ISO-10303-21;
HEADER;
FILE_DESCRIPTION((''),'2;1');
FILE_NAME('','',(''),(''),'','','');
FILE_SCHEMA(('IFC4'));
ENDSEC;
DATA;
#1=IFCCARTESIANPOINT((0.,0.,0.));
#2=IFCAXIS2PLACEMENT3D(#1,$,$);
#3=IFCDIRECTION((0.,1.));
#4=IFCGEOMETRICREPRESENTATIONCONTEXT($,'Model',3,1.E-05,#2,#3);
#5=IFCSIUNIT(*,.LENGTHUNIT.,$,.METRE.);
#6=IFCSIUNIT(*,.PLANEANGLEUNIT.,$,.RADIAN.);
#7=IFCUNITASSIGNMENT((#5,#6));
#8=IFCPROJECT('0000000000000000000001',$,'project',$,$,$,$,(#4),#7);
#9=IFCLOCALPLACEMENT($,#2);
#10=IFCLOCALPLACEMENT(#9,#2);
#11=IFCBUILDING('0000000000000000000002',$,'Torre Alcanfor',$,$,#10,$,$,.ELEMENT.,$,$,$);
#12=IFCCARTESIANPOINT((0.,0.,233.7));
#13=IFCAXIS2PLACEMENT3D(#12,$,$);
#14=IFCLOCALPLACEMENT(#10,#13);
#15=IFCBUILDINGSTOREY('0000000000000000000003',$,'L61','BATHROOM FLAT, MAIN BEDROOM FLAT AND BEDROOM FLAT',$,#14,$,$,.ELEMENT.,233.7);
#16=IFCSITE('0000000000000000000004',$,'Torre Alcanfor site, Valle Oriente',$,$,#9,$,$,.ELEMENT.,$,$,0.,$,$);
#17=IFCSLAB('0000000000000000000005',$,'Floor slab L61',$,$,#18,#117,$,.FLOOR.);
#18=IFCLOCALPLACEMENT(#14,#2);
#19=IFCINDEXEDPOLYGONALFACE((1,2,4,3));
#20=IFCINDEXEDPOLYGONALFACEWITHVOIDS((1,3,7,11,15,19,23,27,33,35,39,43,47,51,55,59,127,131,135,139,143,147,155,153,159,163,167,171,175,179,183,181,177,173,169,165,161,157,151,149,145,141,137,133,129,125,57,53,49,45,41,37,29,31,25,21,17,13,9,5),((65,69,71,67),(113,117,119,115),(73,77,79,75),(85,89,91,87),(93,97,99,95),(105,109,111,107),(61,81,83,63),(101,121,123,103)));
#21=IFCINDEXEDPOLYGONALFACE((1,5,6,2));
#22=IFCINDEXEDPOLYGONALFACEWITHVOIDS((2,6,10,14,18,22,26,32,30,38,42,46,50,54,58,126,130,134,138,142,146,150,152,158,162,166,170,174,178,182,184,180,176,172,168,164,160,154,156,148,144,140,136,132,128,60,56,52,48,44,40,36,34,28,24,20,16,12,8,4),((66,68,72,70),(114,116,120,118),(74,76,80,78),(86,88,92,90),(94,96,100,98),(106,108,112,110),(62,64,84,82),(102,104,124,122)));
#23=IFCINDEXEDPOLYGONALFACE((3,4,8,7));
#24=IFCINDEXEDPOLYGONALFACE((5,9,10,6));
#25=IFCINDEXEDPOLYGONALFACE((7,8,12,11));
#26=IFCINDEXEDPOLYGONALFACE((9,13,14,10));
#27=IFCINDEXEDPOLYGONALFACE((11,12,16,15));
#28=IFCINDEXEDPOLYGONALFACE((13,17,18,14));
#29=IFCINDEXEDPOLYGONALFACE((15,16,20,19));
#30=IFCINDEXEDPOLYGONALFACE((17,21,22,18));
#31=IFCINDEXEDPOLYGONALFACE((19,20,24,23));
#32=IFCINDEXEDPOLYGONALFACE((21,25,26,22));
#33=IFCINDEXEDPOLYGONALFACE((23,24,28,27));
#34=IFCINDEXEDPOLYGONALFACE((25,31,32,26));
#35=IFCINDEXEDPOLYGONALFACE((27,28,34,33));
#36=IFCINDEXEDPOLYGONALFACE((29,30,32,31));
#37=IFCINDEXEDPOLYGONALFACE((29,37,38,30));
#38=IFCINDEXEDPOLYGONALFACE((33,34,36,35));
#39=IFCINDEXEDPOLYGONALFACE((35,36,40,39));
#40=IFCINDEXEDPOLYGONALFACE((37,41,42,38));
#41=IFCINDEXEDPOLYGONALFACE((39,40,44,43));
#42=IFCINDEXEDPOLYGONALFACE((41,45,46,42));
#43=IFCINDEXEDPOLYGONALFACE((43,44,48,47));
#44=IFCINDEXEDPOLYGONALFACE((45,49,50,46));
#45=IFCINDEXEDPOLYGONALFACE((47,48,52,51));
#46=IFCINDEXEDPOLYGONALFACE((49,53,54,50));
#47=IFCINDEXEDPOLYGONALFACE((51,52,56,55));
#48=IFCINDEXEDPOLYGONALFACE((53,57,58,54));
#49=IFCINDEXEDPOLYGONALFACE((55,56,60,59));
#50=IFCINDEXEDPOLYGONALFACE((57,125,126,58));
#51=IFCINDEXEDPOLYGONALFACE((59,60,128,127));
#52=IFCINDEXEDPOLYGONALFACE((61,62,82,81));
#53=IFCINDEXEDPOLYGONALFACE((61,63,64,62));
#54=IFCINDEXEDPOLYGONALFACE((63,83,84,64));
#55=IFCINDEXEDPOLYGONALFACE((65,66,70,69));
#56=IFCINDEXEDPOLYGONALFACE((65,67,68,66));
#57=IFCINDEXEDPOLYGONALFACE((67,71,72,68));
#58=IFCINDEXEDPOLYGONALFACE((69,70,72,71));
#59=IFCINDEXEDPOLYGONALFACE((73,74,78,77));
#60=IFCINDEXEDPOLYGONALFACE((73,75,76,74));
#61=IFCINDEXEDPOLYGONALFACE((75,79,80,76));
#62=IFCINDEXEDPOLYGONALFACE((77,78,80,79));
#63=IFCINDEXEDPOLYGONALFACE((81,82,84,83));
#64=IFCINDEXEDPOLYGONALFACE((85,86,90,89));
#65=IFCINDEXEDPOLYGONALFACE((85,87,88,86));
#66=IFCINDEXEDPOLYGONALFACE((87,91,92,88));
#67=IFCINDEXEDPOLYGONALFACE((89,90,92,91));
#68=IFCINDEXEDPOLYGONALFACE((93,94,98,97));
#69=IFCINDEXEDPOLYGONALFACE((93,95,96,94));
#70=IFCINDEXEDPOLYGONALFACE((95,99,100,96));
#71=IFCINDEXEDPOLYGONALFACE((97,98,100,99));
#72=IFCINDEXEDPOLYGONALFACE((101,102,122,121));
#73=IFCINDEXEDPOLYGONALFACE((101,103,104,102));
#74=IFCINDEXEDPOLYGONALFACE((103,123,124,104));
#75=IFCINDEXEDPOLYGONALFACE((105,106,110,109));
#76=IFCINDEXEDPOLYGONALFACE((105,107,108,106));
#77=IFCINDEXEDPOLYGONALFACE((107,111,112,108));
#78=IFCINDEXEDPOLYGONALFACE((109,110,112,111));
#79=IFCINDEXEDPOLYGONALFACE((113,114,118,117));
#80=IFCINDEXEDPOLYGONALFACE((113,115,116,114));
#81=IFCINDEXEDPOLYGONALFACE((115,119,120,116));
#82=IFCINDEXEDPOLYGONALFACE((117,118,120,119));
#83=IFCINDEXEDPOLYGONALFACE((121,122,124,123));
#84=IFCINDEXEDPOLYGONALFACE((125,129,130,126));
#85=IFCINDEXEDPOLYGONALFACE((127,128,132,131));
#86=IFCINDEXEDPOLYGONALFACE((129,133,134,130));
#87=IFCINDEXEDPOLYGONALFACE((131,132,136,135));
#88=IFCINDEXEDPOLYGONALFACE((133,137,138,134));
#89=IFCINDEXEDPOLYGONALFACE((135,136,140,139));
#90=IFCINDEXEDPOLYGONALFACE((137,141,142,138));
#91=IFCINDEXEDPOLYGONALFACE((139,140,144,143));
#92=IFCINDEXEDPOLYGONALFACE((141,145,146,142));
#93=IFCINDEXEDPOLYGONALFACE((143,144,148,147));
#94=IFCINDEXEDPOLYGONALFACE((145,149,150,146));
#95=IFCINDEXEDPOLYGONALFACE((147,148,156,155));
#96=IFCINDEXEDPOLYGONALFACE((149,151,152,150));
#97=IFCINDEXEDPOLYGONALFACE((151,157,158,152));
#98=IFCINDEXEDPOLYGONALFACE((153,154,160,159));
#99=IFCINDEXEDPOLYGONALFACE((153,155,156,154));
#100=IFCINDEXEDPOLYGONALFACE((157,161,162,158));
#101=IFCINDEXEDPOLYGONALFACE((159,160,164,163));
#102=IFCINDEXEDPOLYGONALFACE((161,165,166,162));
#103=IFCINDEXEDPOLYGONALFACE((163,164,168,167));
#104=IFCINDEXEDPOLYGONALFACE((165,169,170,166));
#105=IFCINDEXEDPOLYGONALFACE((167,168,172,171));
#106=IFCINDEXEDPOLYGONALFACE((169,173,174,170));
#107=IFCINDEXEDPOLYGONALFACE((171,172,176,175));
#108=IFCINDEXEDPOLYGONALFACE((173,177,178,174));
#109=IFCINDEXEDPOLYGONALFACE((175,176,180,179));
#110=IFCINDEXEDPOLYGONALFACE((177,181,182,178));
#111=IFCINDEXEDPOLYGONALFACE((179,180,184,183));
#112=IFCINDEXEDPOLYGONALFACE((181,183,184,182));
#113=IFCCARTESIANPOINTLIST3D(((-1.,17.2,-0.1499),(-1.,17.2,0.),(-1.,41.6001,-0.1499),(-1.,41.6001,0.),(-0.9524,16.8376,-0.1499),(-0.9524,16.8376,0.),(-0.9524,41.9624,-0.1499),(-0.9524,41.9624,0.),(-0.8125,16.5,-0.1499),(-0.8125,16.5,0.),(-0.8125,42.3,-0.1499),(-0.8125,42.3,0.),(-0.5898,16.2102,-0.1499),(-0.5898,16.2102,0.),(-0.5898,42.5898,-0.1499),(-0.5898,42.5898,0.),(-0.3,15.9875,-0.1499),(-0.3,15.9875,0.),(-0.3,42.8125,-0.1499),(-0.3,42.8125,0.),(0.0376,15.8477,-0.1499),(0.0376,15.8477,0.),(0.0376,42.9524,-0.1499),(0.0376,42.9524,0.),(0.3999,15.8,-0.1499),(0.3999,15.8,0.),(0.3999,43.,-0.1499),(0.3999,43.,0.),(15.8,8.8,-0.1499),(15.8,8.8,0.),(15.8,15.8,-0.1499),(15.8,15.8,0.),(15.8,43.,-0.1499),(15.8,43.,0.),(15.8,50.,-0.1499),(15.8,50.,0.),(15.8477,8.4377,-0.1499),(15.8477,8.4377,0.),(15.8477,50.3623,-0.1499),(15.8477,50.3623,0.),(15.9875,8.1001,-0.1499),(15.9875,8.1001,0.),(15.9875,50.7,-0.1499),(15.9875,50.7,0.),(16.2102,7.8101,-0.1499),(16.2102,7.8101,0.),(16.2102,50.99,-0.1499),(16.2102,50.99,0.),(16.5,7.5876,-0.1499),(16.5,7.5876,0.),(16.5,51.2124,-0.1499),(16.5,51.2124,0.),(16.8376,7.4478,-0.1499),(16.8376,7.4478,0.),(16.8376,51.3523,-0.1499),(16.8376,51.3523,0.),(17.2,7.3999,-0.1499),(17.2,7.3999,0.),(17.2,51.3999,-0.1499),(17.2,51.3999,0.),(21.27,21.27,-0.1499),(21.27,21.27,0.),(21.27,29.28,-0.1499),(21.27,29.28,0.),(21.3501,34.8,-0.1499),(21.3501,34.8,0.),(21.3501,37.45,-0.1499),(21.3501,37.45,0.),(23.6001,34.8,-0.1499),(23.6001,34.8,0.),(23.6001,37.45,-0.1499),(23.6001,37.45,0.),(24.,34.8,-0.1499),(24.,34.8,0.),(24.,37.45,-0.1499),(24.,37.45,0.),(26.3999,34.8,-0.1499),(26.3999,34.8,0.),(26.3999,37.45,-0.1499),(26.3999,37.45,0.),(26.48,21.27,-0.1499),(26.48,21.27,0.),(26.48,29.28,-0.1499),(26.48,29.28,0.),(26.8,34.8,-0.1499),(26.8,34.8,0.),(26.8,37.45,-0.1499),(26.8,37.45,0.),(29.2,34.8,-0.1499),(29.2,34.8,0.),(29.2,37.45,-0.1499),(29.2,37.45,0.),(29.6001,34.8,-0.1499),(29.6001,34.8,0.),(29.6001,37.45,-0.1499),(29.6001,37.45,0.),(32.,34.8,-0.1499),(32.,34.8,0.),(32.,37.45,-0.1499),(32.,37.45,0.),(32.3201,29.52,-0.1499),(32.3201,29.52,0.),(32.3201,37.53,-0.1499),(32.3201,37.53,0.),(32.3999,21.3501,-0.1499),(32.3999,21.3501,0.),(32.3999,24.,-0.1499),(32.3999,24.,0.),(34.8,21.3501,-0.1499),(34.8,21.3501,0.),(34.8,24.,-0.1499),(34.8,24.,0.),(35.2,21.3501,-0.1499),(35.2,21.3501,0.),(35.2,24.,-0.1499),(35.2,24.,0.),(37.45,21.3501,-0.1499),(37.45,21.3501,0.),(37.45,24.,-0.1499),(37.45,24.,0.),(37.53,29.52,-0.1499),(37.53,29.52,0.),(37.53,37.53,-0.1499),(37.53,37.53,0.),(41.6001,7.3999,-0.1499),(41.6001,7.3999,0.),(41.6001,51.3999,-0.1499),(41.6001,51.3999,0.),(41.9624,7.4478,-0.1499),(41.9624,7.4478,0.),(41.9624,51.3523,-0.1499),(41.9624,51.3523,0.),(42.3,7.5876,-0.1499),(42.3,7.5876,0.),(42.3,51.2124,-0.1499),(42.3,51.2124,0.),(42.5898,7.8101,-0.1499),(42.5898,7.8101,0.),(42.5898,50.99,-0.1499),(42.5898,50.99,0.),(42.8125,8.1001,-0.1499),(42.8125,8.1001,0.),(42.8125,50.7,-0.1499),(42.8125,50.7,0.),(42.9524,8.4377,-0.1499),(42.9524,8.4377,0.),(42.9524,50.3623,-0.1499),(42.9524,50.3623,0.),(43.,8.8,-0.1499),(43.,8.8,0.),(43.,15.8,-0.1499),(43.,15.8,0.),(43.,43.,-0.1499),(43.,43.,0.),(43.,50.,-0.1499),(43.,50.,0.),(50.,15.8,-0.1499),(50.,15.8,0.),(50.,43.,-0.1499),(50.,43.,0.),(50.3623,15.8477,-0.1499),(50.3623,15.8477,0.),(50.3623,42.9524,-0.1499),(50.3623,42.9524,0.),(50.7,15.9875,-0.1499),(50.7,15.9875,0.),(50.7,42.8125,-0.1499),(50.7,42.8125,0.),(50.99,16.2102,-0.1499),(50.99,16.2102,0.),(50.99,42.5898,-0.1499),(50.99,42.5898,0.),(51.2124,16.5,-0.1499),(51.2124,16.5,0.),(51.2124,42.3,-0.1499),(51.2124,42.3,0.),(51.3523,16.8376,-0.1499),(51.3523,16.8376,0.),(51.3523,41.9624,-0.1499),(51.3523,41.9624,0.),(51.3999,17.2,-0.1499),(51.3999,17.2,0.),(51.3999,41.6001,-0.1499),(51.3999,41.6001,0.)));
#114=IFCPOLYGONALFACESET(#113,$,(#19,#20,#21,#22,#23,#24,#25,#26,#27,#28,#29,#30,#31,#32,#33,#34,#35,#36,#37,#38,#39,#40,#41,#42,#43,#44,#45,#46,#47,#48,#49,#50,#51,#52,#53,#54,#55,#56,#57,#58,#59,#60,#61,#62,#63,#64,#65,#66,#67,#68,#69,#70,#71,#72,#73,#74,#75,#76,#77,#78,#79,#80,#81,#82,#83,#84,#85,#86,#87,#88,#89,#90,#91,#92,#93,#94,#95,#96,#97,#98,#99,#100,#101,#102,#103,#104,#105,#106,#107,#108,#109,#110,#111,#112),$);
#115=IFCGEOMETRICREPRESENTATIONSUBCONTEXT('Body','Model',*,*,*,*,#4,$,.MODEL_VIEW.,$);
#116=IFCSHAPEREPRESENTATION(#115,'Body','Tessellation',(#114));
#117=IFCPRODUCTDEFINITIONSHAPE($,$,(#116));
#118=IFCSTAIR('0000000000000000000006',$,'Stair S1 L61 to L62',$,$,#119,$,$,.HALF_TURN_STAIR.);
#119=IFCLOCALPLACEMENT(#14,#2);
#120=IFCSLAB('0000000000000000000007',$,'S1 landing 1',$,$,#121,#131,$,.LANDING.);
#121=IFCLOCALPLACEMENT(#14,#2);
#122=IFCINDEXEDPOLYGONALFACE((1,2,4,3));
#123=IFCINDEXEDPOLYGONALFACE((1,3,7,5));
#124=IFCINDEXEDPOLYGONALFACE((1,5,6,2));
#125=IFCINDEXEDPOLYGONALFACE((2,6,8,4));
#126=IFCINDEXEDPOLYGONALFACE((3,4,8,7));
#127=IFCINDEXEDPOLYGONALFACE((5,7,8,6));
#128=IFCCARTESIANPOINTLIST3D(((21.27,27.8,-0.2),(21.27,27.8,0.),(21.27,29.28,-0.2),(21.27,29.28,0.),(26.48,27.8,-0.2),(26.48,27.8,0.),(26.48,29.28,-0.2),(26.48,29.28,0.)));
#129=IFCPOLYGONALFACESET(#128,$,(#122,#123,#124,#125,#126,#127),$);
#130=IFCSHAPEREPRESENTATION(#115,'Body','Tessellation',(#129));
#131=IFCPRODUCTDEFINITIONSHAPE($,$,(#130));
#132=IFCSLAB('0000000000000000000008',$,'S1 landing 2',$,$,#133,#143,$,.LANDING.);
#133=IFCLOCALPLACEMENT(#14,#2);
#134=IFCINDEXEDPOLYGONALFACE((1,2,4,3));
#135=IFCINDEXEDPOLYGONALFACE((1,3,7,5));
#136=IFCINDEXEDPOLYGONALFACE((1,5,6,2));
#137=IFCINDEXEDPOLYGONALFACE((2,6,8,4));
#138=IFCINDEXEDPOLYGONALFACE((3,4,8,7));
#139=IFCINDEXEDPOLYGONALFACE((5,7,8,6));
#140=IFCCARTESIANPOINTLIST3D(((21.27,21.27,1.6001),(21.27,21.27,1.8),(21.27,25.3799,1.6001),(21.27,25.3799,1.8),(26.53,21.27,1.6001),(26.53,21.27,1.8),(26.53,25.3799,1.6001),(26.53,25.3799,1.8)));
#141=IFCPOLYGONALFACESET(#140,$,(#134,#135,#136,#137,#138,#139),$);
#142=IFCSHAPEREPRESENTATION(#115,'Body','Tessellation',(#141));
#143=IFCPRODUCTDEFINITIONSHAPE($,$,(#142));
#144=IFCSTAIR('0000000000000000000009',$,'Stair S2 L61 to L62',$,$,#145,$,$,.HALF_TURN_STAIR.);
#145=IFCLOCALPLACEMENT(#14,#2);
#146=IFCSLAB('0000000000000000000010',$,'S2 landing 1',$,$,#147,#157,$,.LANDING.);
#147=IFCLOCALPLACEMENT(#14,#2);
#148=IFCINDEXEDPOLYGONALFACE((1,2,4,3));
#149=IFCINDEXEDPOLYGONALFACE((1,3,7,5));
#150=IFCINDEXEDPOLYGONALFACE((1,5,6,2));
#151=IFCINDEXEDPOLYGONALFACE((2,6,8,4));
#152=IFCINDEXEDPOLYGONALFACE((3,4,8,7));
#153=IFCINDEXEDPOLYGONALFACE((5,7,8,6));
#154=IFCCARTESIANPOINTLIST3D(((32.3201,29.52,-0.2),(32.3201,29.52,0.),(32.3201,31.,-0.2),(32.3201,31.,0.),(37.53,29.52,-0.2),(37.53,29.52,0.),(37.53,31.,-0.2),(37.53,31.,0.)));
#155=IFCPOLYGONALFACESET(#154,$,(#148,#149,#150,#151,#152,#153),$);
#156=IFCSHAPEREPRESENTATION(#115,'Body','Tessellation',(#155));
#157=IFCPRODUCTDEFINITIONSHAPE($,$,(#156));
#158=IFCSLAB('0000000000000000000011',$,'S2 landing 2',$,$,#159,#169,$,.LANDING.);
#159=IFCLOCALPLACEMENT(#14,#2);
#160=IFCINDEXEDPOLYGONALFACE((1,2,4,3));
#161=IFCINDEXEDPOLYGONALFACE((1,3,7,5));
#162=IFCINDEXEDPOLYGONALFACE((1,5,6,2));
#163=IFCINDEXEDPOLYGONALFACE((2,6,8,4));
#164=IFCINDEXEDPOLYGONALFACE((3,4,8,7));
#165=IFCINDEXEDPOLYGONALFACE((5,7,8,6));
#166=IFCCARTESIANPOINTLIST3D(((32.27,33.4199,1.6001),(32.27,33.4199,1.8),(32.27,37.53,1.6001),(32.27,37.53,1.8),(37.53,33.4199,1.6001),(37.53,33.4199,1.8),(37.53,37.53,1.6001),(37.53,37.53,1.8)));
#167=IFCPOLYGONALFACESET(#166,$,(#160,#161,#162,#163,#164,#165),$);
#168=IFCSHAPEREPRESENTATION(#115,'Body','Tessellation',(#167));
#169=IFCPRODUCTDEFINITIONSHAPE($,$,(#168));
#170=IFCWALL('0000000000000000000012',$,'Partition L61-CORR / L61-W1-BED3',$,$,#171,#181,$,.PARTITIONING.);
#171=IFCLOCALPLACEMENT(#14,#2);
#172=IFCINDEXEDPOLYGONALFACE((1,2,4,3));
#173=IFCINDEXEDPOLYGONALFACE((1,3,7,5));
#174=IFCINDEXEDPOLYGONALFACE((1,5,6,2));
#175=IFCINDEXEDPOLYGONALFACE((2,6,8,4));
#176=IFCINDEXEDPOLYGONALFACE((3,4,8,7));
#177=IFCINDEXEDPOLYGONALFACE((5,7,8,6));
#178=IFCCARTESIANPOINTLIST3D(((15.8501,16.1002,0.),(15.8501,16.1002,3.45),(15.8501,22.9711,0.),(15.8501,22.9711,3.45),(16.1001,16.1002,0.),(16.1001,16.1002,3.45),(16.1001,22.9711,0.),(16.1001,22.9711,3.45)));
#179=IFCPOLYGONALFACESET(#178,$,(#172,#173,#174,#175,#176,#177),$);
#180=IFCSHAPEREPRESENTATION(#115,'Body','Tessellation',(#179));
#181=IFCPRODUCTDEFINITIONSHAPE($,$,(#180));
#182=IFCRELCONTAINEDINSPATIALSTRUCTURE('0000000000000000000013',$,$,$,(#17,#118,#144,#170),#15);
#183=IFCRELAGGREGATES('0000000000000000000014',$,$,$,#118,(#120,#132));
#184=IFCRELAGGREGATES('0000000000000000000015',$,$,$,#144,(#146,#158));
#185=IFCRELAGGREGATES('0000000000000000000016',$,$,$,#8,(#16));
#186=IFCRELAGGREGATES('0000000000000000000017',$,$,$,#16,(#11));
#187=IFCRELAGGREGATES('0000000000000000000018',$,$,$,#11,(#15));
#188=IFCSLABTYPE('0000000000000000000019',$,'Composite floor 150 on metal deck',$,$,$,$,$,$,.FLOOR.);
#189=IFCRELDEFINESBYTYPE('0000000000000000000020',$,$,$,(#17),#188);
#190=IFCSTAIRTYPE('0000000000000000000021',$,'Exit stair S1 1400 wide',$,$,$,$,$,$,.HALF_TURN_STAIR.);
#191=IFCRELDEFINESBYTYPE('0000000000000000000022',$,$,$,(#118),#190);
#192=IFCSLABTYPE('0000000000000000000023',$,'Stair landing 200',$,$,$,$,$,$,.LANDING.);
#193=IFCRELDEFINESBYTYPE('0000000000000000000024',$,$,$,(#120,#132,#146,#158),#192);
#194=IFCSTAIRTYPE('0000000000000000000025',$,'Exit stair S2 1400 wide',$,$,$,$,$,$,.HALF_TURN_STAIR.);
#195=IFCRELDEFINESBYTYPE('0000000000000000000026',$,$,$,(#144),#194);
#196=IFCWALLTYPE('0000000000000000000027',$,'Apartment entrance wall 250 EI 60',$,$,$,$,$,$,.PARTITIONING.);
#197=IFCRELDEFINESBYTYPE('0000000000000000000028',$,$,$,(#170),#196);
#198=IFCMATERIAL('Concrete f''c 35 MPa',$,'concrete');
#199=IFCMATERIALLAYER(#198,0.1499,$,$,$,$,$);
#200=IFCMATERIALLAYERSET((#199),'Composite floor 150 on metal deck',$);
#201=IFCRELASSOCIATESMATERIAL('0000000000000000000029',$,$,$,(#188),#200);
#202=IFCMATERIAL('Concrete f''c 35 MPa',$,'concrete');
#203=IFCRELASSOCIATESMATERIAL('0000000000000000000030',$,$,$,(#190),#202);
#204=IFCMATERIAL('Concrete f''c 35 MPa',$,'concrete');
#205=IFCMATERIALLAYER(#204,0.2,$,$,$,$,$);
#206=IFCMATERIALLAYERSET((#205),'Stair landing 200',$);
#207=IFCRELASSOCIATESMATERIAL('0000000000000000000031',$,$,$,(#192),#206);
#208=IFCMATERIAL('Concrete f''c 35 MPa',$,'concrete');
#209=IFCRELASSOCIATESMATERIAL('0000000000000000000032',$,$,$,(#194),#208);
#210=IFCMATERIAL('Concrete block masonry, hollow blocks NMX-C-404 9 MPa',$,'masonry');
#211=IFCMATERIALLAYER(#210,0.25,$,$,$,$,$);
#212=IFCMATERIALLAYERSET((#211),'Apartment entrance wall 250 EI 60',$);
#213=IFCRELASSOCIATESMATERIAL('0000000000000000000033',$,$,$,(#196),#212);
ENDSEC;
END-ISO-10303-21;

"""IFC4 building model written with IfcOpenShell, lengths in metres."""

from ifc_helpers import new_model, si_unit, direction, frame, frame_2d, origin, place, context, subcontext, project, spatial, polyline, rectangle, outline, extrude, material, layer, layer_set, type_object, element, aggregate, save


model = new_model("IFC4")

# Units and contexts
model_context = context("Model", 3, precision=1e-05, world=origin(), true_north=direction((0.0, 1.0)))
body_context = subcontext(model_context, "Body", "Model", "MODEL_VIEW")
ifc_project = project(units=[si_unit("LENGTHUNIT", "METRE"), si_unit("PLANEANGLEUNIT", "RADIAN")], contexts=[model_context])

# Site, building, storey
site_placement = place(None, origin())
site = spatial("IfcSite", under=ifc_project, at=site_placement, Name="Torre Alcanfor site, Valle Oriente", CompositionType="ELEMENT", RefElevation=0.0)
building_placement = place(site_placement, origin())
building = spatial("IfcBuilding", under=site, at=building_placement, Name="Torre Alcanfor", CompositionType="ELEMENT")
storey_placement = place(building_placement, frame((0.0, 0.0, 233.7)))
storey = spatial("IfcBuildingStorey", under=building, at=storey_placement, Name="L61", Description="BATHROOM FLAT, MAIN BEDROOM FLAT AND BEDROOM FLAT", CompositionType="ELEMENT", Elevation=233.7)

# Slab
ifc_material_1 = material(Name="Concrete f'c 35 MPa", Category="concrete")
ifc_layer_1 = layer(ifc_material_1, 0.1499)
ifc_layer_set_1 = layer_set([ifc_layer_1], Name="Composite floor 150 on metal deck")
slab_type_1 = type_object("IfcSlabType", Name="Composite floor 150 on metal deck", PredefinedType="FLOOR", material=ifc_layer_set_1)
slab_1_placement = place(storey_placement, frame((0.0, 0.0, -0.1499)))
element("IfcSlab", 1, at=slab_1_placement, inside=storey, type_object=slab_type_1, Name="Floor slab L61", PredefinedType="FLOOR", context=body_context, shape_type="SweptSolid", body=[
    extrude(outline(polyline([(15.8, 43.0), (0.3999, 43.0), (0.0376, 42.9524), (-0.3, 42.8125), (-0.5898, 42.5898), (-0.8125, 42.3), (-0.9524, 41.9624), (-1.0, 41.6001), (-1.0, 17.2), (-0.9524, 16.8376), (-0.8125, 16.5), (-0.5898, 16.2102), (-0.3, 15.9875), (0.0376, 15.8477), (0.3999, 15.8), (15.8, 15.8), (15.8, 8.8), (15.8477, 8.4377), (15.9875, 8.1001), (16.2102, 7.8101), (16.5, 7.5876), (16.8376, 7.4478), (17.2, 7.3999), (41.6001, 7.3999), (41.9624, 7.4478), (42.3, 7.5876), (42.5898, 7.8101), (42.8125, 8.1001), (42.9524, 8.4377), (43.0, 8.8), (43.0, 15.8), (50.0, 15.8), (50.3623, 15.8477), (50.7, 15.9875), (50.99, 16.2102), (51.2124, 16.5), (51.3523, 16.8376), (51.3999, 17.2), (51.3999, 41.6001), (51.3523, 41.9624), (51.2124, 42.3), (50.99, 42.5898), (50.7, 42.8125), (50.3623, 42.9524), (50.0, 43.0), (43.0, 43.0), (43.0, 50.0), (42.9524, 50.3623), (42.8125, 50.7), (42.5898, 50.99), (42.3, 51.2124), (41.9624, 51.3523), (41.6001, 51.3999), (17.2, 51.3999), (16.8376, 51.3523), (16.5, 51.2124), (16.2102, 50.99), (15.9875, 50.7), (15.8477, 50.3623), (15.8, 50.0), (15.8, 43.0)]), holes=[polyline([(21.27, 21.27), (26.48, 21.27), (26.48, 29.28), (21.27, 29.28), (21.27, 21.27)]), polyline([(32.3201, 29.52), (37.53, 29.52), (37.53, 37.53), (32.3201, 37.53), (32.3201, 29.52)]), polyline([(32.3999, 21.3501), (34.8, 21.3501), (34.8, 24.0), (32.3999, 24.0), (32.3999, 21.3501)]), polyline([(35.2, 21.3501), (37.45, 21.3501), (37.45, 24.0), (35.2, 24.0), (35.2, 21.3501)]), polyline([(21.3501, 34.8), (23.6001, 34.8), (23.6001, 37.45), (21.3501, 37.45), (21.3501, 34.8)]), polyline([(24.0, 34.8), (26.3999, 34.8), (26.3999, 37.45), (24.0, 37.45), (24.0, 34.8)]), polyline([(26.8, 34.8), (29.2, 34.8), (29.2, 37.45), (26.8, 37.45), (26.8, 34.8)]), polyline([(29.6001, 34.8), (32.0, 34.8), (32.0, 37.45), (29.6001, 37.45), (29.6001, 34.8)])]), origin(), (0.0, 0.0, 1.0), 0.1499),
])

# Stairs, slabs
ifc_material_2 = material(Name="Concrete f'c 35 MPa", Category="concrete")
stair_type_1 = type_object("IfcStairType", Name="Exit stair S1 1400 wide", PredefinedType="HALF_TURN_STAIR", material=ifc_material_2)
stair_1_placement = place(storey_placement, origin())
stair_1 = element("IfcStair", 2, at=stair_1_placement, inside=storey, type_object=stair_type_1, Name="Stair S1 L61 to L62", PredefinedType="HALF_TURN_STAIR")
ifc_material_3 = material(Name="Concrete f'c 35 MPa", Category="concrete")
ifc_layer_2 = layer(ifc_material_3, 0.2)
ifc_layer_set_2 = layer_set([ifc_layer_2], Name="Stair landing 200")
slab_type_2 = type_object("IfcSlabType", Name="Stair landing 200", PredefinedType="LANDING", material=ifc_layer_set_2)
slab_2_placement = place(storey_placement, frame((0.0, 0.0, -0.2)))
slab_2 = element("IfcSlab", 3, at=slab_2_placement, type_object=slab_type_2, Name="S1 landing 1", PredefinedType="LANDING", context=body_context, shape_type="SweptSolid", body=[
    extrude(outline(polyline([(21.27, 27.8), (26.48, 27.8), (26.48, 29.28), (21.27, 29.28), (21.27, 27.8)])), origin(), (0.0, 0.0, 1.0), 0.2),
])
slab_3_placement = place(storey_placement, frame((0.0, 0.0, 1.6001)))
slab_3 = element("IfcSlab", 4, at=slab_3_placement, type_object=slab_type_2, Name="S1 landing 2", PredefinedType="LANDING", context=body_context, shape_type="SweptSolid", body=[
    extrude(outline(polyline([(21.27, 21.27), (26.53, 21.27), (26.53, 25.3799), (21.27, 25.3799), (21.27, 21.27)])), origin(), (0.0, 0.0, 1.0), 0.2),
])
aggregate(stair_1, [slab_2, slab_3])
ifc_material_4 = material(Name="Concrete f'c 35 MPa", Category="concrete")
stair_type_2 = type_object("IfcStairType", Name="Exit stair S2 1400 wide", PredefinedType="HALF_TURN_STAIR", material=ifc_material_4)
stair_2_placement = place(storey_placement, origin())
stair_2 = element("IfcStair", 5, at=stair_2_placement, inside=storey, type_object=stair_type_2, Name="Stair S2 L61 to L62", PredefinedType="HALF_TURN_STAIR")
slab_4_placement = place(storey_placement, frame((0.0, 0.0, -0.2)))
slab_4 = element("IfcSlab", 6, at=slab_4_placement, type_object=slab_type_2, Name="S2 landing 1", PredefinedType="LANDING", context=body_context, shape_type="SweptSolid", body=[
    extrude(outline(polyline([(32.3201, 29.52), (37.53, 29.52), (37.53, 31.0), (32.3201, 31.0), (32.3201, 29.52)])), origin(), (0.0, 0.0, 1.0), 0.2),
])
slab_5_placement = place(storey_placement, frame((0.0, 0.0, 1.6001)))
slab_5 = element("IfcSlab", 7, at=slab_5_placement, type_object=slab_type_2, Name="S2 landing 2", PredefinedType="LANDING", context=body_context, shape_type="SweptSolid", body=[
    extrude(outline(polyline([(32.27, 33.4199), (37.53, 33.4199), (37.53, 37.53), (32.27, 37.53), (32.27, 33.4199)])), origin(), (0.0, 0.0, 1.0), 0.2),
])
aggregate(stair_2, [slab_4, slab_5])

# Wall
ifc_material_5 = material(Name="Concrete block masonry, hollow blocks NMX-C-404 9 MPa", Category="masonry")
ifc_layer_3 = layer(ifc_material_5, 0.25)
ifc_layer_set_3 = layer_set([ifc_layer_3], Name="Apartment entrance wall 250 EI 60")
wall_type_1 = type_object("IfcWallType", Name="Apartment entrance wall 250 EI 60", PredefinedType="PARTITIONING", material=ifc_layer_set_3)
wall_1_placement = place(storey_placement, frame((15.9751, 16.1001, 0.0), z_axis=(0.0, 0.0, 1.0), x_axis=(0.0, 1.0, 0.0)))
element("IfcWall", 8, at=wall_1_placement, inside=storey, type_object=wall_type_1, Name="Partition L61-CORR / L61-W1-BED3", PredefinedType="PARTITIONING", context=body_context, shape_type="SweptSolid", body=[
    extrude(rectangle(XDim=6.8708, YDim=0.25, at=frame_2d((3.4355, 0.0))), origin(), (0.0, 0.0, 1.0), 3.45),
])

save(model, "model.ifc")
